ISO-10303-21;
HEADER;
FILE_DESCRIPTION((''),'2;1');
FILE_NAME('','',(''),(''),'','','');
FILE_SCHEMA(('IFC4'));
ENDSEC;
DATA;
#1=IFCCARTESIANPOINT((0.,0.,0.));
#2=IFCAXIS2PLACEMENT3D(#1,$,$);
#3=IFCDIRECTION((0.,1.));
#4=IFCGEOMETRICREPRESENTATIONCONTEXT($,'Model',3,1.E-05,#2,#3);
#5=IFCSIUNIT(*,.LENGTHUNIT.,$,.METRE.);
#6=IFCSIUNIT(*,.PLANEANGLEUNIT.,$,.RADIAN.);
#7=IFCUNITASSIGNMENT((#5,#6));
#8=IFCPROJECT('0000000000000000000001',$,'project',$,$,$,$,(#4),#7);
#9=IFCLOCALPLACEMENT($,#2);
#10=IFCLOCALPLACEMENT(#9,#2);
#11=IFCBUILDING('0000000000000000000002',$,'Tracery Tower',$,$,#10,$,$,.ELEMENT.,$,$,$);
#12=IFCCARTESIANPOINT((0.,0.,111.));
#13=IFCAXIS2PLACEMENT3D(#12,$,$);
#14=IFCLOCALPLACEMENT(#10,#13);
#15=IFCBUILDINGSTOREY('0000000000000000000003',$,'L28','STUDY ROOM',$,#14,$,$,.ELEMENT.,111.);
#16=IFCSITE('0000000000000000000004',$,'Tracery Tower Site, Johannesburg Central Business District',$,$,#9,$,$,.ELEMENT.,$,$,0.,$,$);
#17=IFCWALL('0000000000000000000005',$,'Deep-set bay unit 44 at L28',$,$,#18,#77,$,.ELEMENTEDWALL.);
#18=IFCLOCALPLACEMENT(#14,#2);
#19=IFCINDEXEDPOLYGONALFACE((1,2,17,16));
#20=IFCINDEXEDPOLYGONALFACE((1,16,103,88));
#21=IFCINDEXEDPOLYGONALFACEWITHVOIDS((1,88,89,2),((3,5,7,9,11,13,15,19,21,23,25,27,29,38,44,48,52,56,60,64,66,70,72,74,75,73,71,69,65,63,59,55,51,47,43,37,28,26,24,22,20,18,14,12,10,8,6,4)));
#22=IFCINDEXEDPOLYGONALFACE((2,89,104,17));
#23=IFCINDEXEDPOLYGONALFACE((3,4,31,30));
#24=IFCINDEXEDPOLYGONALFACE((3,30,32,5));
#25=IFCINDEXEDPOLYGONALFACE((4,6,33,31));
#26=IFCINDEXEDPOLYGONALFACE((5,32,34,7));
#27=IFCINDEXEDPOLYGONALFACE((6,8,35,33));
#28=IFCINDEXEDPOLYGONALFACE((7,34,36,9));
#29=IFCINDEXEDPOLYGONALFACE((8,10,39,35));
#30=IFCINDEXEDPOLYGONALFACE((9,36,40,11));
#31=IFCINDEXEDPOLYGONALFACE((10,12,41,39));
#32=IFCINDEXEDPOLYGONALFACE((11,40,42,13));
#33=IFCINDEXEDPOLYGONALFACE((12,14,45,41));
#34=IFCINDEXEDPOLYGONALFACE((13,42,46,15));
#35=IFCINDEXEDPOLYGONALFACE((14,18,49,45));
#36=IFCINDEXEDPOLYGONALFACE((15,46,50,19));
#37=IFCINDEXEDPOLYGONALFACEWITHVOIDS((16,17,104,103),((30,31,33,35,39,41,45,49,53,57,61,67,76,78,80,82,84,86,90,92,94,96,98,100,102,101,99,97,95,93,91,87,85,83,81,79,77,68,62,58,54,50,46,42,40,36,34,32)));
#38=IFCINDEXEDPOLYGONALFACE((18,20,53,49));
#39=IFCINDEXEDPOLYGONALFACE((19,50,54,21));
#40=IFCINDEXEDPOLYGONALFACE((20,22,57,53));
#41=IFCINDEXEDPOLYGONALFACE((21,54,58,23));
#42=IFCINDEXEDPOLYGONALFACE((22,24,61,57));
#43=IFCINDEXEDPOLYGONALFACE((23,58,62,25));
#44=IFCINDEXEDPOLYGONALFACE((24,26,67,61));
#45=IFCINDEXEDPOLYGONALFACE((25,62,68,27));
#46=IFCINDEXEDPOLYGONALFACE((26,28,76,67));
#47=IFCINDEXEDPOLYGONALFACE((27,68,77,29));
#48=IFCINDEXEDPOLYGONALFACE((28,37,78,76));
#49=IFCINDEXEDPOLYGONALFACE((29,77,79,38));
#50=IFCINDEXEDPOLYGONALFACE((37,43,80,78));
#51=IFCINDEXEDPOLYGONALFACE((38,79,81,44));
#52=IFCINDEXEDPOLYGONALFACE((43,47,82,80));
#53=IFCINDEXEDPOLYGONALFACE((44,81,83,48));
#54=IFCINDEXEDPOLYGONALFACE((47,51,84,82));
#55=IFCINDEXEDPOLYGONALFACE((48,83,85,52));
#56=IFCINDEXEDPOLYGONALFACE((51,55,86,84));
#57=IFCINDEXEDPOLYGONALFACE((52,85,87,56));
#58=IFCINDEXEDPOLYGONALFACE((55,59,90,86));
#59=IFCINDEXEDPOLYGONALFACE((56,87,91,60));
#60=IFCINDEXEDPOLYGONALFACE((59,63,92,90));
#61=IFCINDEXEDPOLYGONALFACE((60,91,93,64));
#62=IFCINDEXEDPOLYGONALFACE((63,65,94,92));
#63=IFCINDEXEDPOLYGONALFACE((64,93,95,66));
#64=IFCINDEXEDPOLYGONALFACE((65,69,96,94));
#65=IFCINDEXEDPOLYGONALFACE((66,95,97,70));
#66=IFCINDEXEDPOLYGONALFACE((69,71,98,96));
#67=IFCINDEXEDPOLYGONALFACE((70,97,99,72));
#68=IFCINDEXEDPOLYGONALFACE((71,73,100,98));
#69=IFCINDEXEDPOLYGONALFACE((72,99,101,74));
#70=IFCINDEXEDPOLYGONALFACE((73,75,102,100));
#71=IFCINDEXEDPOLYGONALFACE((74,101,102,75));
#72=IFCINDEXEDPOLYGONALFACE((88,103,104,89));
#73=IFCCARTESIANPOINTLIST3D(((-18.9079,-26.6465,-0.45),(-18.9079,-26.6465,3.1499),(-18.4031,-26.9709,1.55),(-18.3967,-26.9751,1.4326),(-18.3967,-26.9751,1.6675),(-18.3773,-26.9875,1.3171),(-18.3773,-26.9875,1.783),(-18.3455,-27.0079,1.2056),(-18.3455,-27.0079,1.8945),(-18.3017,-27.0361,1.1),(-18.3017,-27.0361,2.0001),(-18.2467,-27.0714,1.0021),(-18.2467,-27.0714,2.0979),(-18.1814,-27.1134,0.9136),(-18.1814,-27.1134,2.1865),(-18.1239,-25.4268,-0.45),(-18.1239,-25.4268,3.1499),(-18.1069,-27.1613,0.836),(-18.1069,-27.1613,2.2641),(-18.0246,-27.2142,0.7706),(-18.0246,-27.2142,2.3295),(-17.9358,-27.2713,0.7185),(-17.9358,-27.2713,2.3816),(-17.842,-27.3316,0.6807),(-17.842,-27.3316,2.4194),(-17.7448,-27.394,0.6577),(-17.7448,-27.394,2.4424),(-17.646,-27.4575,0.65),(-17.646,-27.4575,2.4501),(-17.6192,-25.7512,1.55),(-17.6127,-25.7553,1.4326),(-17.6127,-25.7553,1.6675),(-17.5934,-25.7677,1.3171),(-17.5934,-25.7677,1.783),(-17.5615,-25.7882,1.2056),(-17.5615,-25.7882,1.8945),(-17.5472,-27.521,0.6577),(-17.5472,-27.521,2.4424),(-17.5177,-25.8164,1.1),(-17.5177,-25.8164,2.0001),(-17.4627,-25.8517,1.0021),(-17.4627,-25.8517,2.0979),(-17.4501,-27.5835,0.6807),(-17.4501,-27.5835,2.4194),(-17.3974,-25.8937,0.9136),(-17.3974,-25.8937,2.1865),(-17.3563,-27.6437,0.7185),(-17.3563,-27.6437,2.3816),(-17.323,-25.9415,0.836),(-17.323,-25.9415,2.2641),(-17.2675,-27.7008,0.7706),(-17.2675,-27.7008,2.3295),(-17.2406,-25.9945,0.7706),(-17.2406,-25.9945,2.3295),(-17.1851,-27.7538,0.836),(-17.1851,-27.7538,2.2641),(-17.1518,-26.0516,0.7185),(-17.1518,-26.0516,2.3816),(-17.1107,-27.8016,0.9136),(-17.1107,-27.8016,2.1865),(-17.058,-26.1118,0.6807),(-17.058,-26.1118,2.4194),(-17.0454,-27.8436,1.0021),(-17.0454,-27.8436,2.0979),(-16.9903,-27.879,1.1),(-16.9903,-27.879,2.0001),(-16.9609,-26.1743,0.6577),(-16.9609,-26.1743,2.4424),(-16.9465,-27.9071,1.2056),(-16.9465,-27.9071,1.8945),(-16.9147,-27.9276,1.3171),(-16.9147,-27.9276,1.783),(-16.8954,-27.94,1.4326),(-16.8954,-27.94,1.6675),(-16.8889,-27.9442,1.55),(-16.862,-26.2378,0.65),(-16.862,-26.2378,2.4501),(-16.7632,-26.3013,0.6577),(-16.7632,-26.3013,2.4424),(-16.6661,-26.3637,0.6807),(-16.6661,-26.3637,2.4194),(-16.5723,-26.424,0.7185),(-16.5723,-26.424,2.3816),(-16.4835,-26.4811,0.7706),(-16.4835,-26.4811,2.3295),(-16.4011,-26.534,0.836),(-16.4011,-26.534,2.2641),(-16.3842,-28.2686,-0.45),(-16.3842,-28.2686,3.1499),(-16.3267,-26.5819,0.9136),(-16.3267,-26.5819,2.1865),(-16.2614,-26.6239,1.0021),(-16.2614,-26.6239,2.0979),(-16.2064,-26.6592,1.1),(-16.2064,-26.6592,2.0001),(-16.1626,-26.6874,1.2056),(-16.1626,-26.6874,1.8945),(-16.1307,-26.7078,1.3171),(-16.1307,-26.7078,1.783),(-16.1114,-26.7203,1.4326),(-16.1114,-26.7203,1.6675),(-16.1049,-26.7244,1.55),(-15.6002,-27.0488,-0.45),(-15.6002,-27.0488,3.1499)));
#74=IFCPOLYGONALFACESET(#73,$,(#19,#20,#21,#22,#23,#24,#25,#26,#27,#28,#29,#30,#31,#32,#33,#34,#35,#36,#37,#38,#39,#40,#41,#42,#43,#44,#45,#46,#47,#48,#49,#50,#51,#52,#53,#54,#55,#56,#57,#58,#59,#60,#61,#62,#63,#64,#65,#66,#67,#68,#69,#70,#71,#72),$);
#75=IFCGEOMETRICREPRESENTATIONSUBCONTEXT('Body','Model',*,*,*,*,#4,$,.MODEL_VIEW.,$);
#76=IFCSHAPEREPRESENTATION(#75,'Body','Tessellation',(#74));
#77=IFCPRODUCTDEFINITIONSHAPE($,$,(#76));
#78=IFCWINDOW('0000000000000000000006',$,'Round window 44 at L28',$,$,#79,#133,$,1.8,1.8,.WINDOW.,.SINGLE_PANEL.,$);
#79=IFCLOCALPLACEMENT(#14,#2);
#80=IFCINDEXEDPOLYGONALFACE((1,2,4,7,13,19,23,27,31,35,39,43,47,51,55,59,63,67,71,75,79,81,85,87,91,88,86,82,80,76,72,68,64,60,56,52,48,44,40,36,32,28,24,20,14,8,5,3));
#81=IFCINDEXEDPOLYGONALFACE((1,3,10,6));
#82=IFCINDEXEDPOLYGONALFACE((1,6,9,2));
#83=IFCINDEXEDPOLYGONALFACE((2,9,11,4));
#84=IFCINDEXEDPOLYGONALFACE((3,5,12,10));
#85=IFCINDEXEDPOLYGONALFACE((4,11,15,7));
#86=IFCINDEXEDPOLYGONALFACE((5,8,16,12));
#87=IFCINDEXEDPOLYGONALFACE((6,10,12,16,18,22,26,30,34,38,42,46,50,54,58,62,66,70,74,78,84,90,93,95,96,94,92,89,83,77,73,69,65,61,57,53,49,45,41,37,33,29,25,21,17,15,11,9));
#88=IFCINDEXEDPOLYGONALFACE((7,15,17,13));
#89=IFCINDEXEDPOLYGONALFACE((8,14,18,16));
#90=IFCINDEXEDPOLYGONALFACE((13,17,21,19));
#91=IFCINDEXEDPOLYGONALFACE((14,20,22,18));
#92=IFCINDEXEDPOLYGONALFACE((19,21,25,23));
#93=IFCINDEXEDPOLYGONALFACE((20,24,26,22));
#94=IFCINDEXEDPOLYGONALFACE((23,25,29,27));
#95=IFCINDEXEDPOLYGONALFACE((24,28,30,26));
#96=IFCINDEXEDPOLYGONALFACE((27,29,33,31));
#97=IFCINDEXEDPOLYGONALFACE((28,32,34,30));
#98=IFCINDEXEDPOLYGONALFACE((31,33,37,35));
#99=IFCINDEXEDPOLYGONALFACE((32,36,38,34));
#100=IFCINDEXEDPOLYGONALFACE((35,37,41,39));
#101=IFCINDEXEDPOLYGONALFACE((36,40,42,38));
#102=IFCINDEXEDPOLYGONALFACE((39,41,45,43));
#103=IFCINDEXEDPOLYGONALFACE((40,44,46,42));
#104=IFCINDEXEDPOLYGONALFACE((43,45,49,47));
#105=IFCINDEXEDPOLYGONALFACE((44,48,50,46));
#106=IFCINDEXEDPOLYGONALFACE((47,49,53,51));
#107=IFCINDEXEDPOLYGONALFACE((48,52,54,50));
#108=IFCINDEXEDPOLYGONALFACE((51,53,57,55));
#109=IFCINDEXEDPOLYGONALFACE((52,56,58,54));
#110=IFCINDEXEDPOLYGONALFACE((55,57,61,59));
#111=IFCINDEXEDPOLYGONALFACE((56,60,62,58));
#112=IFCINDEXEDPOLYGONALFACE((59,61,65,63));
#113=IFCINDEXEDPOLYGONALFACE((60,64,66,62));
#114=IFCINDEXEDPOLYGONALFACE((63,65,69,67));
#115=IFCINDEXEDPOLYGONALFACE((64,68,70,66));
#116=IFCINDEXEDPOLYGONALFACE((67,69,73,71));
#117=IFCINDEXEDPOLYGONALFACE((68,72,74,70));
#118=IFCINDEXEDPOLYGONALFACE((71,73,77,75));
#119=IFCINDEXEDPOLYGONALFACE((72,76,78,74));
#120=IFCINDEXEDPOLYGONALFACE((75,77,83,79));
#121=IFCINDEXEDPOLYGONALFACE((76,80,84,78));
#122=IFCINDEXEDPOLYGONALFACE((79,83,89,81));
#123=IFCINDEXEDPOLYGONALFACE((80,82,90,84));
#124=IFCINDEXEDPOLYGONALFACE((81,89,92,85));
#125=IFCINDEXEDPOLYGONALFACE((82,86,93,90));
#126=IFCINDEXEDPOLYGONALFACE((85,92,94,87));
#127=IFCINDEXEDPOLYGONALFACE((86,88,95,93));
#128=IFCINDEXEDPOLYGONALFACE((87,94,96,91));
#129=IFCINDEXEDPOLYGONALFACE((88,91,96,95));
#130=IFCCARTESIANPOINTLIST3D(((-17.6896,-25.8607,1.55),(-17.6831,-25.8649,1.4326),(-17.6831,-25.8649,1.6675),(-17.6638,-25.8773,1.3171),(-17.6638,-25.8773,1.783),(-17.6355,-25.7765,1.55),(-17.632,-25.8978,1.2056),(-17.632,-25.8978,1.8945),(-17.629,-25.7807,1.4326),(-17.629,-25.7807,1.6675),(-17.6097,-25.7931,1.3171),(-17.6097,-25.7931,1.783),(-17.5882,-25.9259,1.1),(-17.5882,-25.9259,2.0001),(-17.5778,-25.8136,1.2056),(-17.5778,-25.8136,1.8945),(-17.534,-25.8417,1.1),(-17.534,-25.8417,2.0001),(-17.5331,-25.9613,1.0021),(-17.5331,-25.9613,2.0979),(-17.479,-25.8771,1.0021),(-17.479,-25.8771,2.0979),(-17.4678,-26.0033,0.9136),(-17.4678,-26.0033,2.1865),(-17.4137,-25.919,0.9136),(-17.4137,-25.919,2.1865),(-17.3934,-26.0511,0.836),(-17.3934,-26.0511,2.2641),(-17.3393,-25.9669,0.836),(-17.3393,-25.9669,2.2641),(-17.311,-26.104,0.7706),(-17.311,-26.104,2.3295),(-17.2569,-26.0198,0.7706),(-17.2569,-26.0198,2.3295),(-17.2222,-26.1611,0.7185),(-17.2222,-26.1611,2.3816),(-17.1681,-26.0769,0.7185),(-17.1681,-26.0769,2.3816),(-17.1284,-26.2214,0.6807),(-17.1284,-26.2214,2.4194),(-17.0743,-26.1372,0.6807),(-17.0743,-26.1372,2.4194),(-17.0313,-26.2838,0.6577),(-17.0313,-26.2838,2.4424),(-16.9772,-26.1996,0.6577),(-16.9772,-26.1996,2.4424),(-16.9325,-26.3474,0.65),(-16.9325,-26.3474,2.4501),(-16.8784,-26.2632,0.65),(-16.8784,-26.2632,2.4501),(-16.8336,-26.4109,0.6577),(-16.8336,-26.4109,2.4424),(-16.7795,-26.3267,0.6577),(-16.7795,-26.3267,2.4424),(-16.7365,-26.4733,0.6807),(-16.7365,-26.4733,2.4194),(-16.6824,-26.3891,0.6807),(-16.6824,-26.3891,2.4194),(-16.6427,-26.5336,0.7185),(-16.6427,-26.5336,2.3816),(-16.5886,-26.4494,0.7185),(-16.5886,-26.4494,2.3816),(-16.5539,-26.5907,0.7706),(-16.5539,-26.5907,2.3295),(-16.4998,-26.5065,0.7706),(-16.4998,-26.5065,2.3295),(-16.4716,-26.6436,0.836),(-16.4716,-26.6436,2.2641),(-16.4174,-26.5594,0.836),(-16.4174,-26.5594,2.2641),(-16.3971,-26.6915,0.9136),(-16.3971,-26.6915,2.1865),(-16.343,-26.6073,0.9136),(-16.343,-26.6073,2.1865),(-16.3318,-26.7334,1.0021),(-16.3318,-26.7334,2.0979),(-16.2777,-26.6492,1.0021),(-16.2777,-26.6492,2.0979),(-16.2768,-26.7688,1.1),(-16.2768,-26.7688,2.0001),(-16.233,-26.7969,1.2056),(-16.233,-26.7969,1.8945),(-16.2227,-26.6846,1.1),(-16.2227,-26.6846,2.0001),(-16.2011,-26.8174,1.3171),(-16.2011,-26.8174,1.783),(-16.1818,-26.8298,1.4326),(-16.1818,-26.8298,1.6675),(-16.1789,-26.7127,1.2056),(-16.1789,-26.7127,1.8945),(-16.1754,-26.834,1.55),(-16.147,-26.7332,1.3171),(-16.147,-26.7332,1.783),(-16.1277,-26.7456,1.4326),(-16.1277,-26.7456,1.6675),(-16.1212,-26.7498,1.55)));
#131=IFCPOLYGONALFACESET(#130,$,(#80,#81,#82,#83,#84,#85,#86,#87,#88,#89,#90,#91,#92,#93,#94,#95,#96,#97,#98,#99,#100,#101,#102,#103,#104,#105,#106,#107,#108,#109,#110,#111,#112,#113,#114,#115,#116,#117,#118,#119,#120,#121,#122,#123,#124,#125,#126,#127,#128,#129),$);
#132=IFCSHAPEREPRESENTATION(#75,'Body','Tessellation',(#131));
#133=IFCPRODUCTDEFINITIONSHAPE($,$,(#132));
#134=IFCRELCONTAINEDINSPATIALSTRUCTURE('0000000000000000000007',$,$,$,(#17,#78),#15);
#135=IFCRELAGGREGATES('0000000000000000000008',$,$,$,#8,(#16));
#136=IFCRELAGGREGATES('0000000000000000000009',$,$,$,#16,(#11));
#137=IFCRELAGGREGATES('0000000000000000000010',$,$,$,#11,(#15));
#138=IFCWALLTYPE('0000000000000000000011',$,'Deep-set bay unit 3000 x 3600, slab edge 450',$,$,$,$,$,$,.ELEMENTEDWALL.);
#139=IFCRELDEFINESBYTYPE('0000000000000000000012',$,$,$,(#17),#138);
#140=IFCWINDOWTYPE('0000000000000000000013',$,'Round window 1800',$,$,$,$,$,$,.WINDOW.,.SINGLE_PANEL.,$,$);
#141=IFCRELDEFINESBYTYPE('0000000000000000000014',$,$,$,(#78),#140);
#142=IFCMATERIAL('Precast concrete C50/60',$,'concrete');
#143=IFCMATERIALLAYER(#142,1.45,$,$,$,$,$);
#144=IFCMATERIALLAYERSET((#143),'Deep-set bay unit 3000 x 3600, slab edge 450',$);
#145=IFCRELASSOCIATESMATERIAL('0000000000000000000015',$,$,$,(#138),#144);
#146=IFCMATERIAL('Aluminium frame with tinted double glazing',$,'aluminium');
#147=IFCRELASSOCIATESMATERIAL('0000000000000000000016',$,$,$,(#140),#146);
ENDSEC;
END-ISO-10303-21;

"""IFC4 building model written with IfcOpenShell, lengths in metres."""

from ifc_helpers import new_model, si_unit, direction, frame, frame_2d, origin, origin_2d, place, context, subcontext, project, spatial, rectangle, circle, extrude, material, layer, layer_set, type_object, element, fill, save


model = new_model("IFC4")

# Units and contexts
model_context = context("Model", 3, precision=1e-05, world=origin(), true_north=direction((0.0, 1.0)))
body_context = subcontext(model_context, "Body", "Model", "MODEL_VIEW")
ifc_project = project(units=[si_unit("LENGTHUNIT", "METRE"), si_unit("PLANEANGLEUNIT", "RADIAN")], contexts=[model_context])

# Site, building, storey
site_placement = place(None, origin())
site = spatial("IfcSite", under=ifc_project, at=site_placement, Name="Tracery Tower Site, Johannesburg Central Business District", CompositionType="ELEMENT", RefElevation=0.0)
building_placement = place(site_placement, origin())
building = spatial("IfcBuilding", under=site, at=building_placement, Name="Tracery Tower", CompositionType="ELEMENT")
storey_placement = place(building_placement, frame((0.0, 0.0, 111.0)))
storey = spatial("IfcBuildingStorey", under=building, at=storey_placement, Name="L28", Description="STUDY ROOM", CompositionType="ELEMENT", Elevation=111.0)

# Wall, opening, window
ifc_material_1 = material(Name="Precast concrete C50/60", Category="concrete")
ifc_layer_1 = layer(ifc_material_1, 1.45)
ifc_layer_set_1 = layer_set([ifc_layer_1], Name="Deep-set bay unit 3000 x 3600, slab edge 450")
wall_type_1 = type_object("IfcWallType", Name="Deep-set bay unit 3000 x 3600, slab edge 450", PredefinedType="ELEMENTEDWALL", material=ifc_layer_set_1)
ifc_material_2 = material(Name="Aluminium frame with tinted double glazing", Category="aluminium")
window_type = type_object("IfcWindowType", Name="Round window 1800", PartitioningType="SINGLE_PANEL", PredefinedType="WINDOW", material=ifc_material_2)
wall_1_placement = place(storey_placement, frame((-18.5159, -26.0366, -0.45), z_axis=(0.0, 0.0, 1.0), x_axis=(0.841223, -0.540688, 0.0)))
wall_1 = element("IfcWall", 1, at=wall_1_placement, inside=storey, type_object=wall_type_1, Name="Deep-set bay unit 44 at L28", PredefinedType="ELEMENTEDWALL", context=body_context, shape_type="SweptSolid", body=[
    extrude(rectangle(XDim=3.0, YDim=1.45, at=frame_2d((1.5, 0.0))), origin(), (0.0, 0.0, 1.0), 3.5999),
])
opening_1_placement = place(wall_1_placement, frame((1.5, 0.0, 2.0)))
opening_1 = element("IfcOpeningElement", 2, at=opening_1_placement, cuts=wall_1, PredefinedType="OPENING", context=body_context, shape_type="SweptSolid", body=[
    extrude(circle(Radius=0.9, at=origin_2d()), frame((0.0, 0.7349, 0.0), z_axis=(0.0, -1.0, 0.0), x_axis=(1.0, 0.0, 0.0)), (0.0, 0.0, 1.0), 1.47),
])
window_1_placement = place(opening_1_placement, origin())
window_1 = element("IfcWindow", 3, at=window_1_placement, inside=storey, type_object=window_type, Name="Round window 44 at L28", OverallHeight=1.8, OverallWidth=1.8, PartitioningType="SINGLE_PANEL", PredefinedType="WINDOW", context=body_context, shape_type="SweptSolid", body=[
    extrude(circle(Radius=0.9, at=origin_2d()), frame((0.0, 0.6948, 0.0), z_axis=(0.0, -1.0, 0.0), x_axis=(1.0, 0.0, 0.0)), (0.0, 0.0, 1.0), 0.1001),
])
fill(opening_1, window_1)

save(model, "model.ifc")
